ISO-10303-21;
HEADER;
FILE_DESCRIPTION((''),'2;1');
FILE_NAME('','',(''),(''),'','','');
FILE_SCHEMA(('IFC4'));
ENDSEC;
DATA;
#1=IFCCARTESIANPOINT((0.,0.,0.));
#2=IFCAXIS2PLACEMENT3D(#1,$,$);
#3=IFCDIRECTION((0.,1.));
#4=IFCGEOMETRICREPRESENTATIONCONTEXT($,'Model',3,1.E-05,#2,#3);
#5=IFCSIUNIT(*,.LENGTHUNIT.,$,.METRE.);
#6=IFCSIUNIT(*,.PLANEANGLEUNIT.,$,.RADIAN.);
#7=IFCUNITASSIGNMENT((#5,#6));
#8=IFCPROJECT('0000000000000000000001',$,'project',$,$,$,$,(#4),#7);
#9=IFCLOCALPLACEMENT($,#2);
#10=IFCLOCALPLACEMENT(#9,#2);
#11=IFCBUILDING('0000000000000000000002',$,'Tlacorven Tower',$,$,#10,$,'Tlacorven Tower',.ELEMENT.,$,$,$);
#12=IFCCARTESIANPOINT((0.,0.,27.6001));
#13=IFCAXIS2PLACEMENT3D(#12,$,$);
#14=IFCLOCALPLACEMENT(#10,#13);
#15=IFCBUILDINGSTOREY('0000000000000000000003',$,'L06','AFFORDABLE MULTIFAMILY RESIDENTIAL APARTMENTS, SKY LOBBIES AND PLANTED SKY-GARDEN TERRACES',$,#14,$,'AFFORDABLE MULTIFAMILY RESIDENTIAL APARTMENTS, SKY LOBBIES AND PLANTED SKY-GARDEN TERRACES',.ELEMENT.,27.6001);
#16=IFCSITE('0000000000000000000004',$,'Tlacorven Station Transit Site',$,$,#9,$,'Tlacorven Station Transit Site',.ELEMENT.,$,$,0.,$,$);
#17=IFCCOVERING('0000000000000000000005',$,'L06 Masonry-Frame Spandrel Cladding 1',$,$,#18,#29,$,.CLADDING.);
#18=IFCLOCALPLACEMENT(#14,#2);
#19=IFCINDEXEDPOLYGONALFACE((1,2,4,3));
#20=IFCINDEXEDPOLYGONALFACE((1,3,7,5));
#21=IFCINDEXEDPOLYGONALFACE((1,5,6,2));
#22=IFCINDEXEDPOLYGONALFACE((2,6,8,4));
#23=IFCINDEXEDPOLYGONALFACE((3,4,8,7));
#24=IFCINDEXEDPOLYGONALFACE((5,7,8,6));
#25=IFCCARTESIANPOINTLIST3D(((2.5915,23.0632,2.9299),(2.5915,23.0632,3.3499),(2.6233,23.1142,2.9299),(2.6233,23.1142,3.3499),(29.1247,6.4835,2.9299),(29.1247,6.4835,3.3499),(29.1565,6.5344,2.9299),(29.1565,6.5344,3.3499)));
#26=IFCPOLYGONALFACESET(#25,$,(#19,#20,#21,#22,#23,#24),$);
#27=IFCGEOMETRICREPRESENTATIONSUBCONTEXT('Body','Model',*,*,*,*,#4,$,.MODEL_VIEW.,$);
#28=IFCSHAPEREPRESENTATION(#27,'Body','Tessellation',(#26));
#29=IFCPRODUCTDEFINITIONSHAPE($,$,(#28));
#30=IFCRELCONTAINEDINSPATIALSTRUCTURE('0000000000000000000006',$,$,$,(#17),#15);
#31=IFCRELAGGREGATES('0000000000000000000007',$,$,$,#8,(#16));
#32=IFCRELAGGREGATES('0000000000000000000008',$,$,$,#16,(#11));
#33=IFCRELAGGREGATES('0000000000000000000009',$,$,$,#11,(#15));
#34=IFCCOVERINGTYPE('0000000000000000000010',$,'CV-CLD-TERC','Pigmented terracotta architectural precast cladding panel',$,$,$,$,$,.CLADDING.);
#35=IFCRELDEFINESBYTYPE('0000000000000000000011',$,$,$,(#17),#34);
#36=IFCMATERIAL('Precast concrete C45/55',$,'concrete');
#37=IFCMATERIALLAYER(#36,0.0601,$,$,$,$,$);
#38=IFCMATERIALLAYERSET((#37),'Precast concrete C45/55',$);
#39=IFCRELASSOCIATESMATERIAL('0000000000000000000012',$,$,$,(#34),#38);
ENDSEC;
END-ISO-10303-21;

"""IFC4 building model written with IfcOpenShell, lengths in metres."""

from ifc_helpers import new_model, si_unit, direction, frame, origin, origin_2d, place, context, subcontext, project, spatial, rectangle, extrude, source, transform, mapped, material, layer, layer_set, type_object, element, save


model = new_model("IFC4")

# Units and contexts
model_context = context("Model", 3, precision=1e-05, world=origin(), true_north=direction((0.0, 1.0)))
body_context = subcontext(model_context, "Body", "Model", "MODEL_VIEW")
ifc_project = project(units=[si_unit("LENGTHUNIT", "METRE"), si_unit("PLANEANGLEUNIT", "RADIAN")], contexts=[model_context])

# Site, building, storey
site_placement = place(None, origin())
site = spatial("IfcSite", under=ifc_project, at=site_placement, Name="Tlacorven Station Transit Site", LongName="Tlacorven Station Transit Site", CompositionType="ELEMENT", RefElevation=0.0)
building_placement = place(site_placement, origin())
building = spatial("IfcBuilding", under=site, at=building_placement, Name="Tlacorven Tower", LongName="Tlacorven Tower", CompositionType="ELEMENT")
storey_placement = place(building_placement, frame((0.0, 0.0, 27.6001)))
storey = spatial("IfcBuildingStorey", under=building, at=storey_placement, Name="L06", Description="AFFORDABLE MULTIFAMILY RESIDENTIAL APARTMENTS, SKY LOBBIES AND PLANTED SKY-GARDEN TERRACES", LongName="AFFORDABLE MULTIFAMILY RESIDENTIAL APARTMENTS, SKY LOBBIES AND PLANTED SKY-GARDEN TERRACES", CompositionType="ELEMENT", Elevation=27.6001)

# Shared definitions
ifc_material_1 = material(Name="Precast concrete C45/55", Category="concrete")

# Covering
ifc_layer_1 = layer(ifc_material_1, 0.0601)
ifc_layer_set_1 = layer_set([ifc_layer_1], Name="Precast concrete C45/55")
covering_type = type_object("IfcCoveringType", Name="CV-CLD-TERC", Description="Pigmented terracotta architectural precast cladding panel", PredefinedType="CLADDING", material=ifc_layer_set_1)
shared_shape_1 = source(origin(), body_context, "Body", "SweptSolid", [
    extrude(rectangle(XDim=31.2874, YDim=0.0601, at=origin_2d()), origin(), (0.0, 0.0, 1.0), 0.4199),
])
covering_placement = place(storey_placement, frame((15.874, 14.7988, 2.9299), z_axis=(0.0, 0.0, 1.0), x_axis=(-0.848048, 0.529919, 0.0)))
element("IfcCovering", 1, at=covering_placement, inside=storey, type_object=covering_type, Name="L06 Masonry-Frame Spandrel Cladding 1", PredefinedType="CLADDING", context=body_context, shape_type="MappedRepresentation", body=[
    mapped(shared_shape_1, transform((0.0, 0.0, 0.0), scale=1.0)),
])

save(model, "model.ifc")
